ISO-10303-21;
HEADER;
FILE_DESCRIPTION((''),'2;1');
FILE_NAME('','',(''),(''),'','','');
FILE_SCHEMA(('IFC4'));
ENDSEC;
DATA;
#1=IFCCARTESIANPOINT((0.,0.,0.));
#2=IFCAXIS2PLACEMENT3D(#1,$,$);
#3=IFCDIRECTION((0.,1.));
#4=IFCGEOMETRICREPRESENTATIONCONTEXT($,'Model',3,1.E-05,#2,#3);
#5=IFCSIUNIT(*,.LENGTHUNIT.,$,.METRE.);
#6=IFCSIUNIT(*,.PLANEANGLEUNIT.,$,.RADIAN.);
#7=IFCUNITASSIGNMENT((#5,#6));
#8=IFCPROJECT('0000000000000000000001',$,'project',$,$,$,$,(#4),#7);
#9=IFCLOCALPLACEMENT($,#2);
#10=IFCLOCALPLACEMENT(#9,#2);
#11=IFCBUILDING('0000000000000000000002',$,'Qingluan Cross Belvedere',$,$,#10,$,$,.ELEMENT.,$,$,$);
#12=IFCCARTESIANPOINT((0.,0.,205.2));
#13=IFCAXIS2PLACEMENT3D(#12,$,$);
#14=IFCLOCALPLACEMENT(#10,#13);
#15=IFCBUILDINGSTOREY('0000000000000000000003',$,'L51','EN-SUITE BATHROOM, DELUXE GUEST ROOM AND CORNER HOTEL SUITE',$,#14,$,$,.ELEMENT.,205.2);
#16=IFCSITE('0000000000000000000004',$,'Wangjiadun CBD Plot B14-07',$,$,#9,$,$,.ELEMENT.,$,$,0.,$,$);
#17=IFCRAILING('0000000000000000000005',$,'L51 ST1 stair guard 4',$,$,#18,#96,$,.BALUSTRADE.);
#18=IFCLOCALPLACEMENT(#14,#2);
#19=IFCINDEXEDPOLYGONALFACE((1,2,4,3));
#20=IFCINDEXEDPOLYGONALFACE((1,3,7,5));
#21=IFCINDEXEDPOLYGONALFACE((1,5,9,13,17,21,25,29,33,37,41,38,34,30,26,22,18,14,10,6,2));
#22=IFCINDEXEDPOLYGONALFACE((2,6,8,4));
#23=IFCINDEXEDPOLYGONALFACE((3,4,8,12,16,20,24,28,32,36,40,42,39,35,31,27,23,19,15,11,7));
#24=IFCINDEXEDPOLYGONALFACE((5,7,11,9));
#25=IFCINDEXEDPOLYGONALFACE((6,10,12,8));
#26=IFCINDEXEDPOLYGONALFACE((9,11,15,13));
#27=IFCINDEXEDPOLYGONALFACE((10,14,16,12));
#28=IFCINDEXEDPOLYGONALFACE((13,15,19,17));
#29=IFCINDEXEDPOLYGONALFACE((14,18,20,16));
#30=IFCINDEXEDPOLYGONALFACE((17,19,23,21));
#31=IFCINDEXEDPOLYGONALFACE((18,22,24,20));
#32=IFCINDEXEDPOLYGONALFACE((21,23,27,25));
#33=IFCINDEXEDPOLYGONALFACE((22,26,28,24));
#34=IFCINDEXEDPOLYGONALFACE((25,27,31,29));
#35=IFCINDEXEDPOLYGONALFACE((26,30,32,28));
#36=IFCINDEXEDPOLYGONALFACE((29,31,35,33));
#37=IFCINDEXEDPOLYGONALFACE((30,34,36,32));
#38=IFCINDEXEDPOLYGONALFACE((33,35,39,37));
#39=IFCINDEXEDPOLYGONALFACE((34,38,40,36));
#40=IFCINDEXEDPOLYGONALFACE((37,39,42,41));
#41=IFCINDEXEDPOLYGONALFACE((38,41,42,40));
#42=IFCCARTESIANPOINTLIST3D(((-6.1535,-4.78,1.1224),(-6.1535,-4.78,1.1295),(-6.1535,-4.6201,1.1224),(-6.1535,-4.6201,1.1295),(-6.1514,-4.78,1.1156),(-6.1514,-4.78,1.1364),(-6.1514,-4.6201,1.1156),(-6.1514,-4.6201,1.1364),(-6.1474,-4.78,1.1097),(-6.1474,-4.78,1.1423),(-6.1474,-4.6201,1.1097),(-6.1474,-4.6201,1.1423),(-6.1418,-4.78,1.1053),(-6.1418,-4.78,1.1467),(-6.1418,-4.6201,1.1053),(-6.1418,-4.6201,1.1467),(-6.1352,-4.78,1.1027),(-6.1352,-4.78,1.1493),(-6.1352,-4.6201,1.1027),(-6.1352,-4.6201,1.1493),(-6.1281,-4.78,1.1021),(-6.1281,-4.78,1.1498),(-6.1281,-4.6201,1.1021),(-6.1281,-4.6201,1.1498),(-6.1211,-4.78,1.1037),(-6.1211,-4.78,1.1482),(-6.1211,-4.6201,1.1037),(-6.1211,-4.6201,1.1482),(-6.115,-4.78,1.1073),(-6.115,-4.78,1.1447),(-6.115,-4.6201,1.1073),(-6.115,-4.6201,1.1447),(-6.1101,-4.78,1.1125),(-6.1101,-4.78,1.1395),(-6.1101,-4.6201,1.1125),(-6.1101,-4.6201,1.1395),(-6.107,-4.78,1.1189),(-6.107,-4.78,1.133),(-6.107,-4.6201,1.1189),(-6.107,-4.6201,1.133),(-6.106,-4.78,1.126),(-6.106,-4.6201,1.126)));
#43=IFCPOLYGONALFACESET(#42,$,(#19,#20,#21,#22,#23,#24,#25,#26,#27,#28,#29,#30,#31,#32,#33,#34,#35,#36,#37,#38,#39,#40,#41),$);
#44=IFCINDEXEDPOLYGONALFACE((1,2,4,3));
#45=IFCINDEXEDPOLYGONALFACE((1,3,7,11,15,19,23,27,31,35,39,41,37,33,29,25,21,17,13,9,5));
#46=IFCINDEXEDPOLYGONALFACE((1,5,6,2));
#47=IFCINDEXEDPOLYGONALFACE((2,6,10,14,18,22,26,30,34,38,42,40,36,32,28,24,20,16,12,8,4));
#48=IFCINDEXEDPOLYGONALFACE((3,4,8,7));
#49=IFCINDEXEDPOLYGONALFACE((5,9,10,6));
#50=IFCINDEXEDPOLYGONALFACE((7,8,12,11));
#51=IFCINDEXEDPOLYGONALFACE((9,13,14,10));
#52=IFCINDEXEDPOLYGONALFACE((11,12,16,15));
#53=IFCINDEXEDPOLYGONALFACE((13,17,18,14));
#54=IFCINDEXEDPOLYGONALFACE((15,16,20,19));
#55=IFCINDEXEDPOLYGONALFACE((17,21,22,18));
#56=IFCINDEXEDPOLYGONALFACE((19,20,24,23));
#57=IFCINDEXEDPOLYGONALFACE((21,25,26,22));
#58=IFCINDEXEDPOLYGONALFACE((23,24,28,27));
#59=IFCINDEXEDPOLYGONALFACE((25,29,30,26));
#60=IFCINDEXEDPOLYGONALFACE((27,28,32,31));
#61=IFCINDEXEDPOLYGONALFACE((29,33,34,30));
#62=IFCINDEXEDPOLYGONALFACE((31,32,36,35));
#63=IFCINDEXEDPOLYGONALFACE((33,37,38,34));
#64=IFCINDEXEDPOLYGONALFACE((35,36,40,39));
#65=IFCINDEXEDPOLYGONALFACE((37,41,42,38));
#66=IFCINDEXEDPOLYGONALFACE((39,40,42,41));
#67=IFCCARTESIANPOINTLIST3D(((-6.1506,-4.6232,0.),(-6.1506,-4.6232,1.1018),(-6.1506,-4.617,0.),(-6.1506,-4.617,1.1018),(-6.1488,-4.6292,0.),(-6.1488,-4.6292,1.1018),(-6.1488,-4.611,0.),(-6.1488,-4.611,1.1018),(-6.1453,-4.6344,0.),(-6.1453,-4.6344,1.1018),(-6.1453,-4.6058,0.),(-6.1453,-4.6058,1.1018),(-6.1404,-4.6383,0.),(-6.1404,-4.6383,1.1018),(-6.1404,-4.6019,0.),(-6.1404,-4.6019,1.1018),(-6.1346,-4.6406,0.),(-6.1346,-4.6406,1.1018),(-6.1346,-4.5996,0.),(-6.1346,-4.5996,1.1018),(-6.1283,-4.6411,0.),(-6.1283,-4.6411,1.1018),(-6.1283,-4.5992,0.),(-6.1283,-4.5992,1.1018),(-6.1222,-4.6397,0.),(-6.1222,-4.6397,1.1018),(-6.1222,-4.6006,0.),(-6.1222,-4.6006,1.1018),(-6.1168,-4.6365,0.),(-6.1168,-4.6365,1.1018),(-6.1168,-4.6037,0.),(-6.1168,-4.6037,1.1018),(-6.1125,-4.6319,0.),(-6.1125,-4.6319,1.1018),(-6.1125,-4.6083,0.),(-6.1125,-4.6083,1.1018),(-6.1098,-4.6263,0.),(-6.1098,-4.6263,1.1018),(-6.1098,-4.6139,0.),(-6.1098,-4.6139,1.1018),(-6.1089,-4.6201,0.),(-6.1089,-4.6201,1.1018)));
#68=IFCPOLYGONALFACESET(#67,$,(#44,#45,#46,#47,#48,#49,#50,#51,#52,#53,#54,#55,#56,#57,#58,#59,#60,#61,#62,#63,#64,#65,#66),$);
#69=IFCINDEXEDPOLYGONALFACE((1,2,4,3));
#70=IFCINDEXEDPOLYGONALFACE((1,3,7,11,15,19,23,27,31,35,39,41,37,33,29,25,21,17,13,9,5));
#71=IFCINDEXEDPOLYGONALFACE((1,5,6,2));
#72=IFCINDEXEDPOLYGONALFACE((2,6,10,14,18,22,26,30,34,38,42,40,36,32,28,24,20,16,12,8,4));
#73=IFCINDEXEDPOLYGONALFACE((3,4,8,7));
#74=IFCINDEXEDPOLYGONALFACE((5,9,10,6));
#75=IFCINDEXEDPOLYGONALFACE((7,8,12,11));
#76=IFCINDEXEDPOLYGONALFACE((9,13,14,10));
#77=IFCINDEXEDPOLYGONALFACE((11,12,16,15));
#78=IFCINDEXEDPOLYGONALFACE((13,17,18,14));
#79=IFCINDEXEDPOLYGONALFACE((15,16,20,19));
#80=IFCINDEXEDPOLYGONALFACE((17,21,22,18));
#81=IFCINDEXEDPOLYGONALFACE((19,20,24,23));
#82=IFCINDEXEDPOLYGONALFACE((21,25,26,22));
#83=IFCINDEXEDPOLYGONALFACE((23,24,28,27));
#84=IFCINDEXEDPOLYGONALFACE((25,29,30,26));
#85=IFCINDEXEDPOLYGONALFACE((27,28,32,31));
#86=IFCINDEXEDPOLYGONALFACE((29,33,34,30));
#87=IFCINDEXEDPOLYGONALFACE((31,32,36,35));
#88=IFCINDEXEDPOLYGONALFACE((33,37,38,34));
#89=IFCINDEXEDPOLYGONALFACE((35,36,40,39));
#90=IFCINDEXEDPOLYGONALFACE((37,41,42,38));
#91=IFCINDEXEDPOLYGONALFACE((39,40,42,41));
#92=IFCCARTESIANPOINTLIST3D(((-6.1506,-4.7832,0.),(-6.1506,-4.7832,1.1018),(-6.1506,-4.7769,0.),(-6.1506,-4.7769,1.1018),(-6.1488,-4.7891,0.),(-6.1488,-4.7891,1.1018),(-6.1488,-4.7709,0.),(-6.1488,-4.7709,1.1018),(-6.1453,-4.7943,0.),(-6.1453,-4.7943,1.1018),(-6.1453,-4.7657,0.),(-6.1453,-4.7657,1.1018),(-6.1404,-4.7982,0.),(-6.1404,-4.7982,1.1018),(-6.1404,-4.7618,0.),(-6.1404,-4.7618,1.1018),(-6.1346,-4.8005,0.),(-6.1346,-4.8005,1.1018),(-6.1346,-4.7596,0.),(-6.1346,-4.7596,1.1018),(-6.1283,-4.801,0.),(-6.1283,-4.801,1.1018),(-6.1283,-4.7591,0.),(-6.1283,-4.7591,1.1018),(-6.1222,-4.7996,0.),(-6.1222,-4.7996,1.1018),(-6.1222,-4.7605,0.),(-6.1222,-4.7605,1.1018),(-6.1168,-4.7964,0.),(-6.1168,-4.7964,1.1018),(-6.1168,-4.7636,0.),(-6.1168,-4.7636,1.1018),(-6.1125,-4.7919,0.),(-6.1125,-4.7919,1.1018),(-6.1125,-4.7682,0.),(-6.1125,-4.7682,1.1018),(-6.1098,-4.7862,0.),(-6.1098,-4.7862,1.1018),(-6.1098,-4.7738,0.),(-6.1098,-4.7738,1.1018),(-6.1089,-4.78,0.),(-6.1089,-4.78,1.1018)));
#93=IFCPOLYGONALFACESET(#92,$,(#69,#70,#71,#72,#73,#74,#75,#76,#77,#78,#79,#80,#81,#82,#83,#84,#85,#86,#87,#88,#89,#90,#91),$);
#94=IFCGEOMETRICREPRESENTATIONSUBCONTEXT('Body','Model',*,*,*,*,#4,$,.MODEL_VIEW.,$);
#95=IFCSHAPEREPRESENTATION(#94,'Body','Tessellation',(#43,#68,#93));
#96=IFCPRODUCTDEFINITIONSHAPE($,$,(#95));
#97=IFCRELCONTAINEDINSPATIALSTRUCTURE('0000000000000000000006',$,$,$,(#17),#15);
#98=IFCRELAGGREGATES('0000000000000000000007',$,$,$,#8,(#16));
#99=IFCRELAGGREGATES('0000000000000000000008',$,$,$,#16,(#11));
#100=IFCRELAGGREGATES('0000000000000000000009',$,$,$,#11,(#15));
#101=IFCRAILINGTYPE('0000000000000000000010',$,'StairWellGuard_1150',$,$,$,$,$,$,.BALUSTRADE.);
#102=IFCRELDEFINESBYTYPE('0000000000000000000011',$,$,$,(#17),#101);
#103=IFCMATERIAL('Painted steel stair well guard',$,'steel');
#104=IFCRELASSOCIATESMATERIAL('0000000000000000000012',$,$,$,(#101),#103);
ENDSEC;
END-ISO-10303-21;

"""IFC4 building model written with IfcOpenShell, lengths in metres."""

from ifc_helpers import new_model, si_unit, direction, frame, origin, origin_2d, place, context, subcontext, project, spatial, circle, extrude, material, type_object, element, save


model = new_model("IFC4")

# Units and contexts
model_context = context("Model", 3, precision=1e-05, world=origin(), true_north=direction((0.0, 1.0)))
body_context = subcontext(model_context, "Body", "Model", "MODEL_VIEW")
ifc_project = project(units=[si_unit("LENGTHUNIT", "METRE"), si_unit("PLANEANGLEUNIT", "RADIAN")], contexts=[model_context])

# Site, building, storey
site_placement = place(None, origin())
site = spatial("IfcSite", under=ifc_project, at=site_placement, Name="Wangjiadun CBD Plot B14-07", CompositionType="ELEMENT", RefElevation=0.0)
building_placement = place(site_placement, origin())
building = spatial("IfcBuilding", under=site, at=building_placement, Name="Qingluan Cross Belvedere", CompositionType="ELEMENT")
storey_placement = place(building_placement, frame((0.0, 0.0, 205.2)))
storey = spatial("IfcBuildingStorey", under=building, at=storey_placement, Name="L51", Description="EN-SUITE BATHROOM, DELUXE GUEST ROOM AND CORNER HOTEL SUITE", CompositionType="ELEMENT", Elevation=205.2)

# Railing
ifc_material_1 = material(Name="Painted steel stair well guard", Category="steel")
railing_type_1 = type_object("IfcRailingType", Name="StairWellGuard_1150", PredefinedType="BALUSTRADE", material=ifc_material_1)
railing_1_placement = place(storey_placement, frame((-6.1299, -4.6201, 0.0)))
element("IfcRailing", 1, at=railing_1_placement, inside=storey, type_object=railing_type_1, Name="L51 ST1 stair guard 4", PredefinedType="BALUSTRADE", context=body_context, shape_type="SweptSolid", body=[
    extrude(circle(Radius=0.0239, at=origin_2d()), frame((0.0, 0.0, 1.126), z_axis=(0.0, -1.0, 0.0), x_axis=(1.0, 0.0, 0.0)), (0.0, 0.0, 1.0), 0.1599),
    extrude(circle(Radius=0.021, at=origin_2d()), origin(), (0.0, 0.0, 1.0), 1.1018),
    extrude(circle(Radius=0.021, at=origin_2d()), frame((0.0, -0.1599, 0.0)), (0.0, 0.0, 1.0), 1.1018),
])

save(model, "model.ifc")
